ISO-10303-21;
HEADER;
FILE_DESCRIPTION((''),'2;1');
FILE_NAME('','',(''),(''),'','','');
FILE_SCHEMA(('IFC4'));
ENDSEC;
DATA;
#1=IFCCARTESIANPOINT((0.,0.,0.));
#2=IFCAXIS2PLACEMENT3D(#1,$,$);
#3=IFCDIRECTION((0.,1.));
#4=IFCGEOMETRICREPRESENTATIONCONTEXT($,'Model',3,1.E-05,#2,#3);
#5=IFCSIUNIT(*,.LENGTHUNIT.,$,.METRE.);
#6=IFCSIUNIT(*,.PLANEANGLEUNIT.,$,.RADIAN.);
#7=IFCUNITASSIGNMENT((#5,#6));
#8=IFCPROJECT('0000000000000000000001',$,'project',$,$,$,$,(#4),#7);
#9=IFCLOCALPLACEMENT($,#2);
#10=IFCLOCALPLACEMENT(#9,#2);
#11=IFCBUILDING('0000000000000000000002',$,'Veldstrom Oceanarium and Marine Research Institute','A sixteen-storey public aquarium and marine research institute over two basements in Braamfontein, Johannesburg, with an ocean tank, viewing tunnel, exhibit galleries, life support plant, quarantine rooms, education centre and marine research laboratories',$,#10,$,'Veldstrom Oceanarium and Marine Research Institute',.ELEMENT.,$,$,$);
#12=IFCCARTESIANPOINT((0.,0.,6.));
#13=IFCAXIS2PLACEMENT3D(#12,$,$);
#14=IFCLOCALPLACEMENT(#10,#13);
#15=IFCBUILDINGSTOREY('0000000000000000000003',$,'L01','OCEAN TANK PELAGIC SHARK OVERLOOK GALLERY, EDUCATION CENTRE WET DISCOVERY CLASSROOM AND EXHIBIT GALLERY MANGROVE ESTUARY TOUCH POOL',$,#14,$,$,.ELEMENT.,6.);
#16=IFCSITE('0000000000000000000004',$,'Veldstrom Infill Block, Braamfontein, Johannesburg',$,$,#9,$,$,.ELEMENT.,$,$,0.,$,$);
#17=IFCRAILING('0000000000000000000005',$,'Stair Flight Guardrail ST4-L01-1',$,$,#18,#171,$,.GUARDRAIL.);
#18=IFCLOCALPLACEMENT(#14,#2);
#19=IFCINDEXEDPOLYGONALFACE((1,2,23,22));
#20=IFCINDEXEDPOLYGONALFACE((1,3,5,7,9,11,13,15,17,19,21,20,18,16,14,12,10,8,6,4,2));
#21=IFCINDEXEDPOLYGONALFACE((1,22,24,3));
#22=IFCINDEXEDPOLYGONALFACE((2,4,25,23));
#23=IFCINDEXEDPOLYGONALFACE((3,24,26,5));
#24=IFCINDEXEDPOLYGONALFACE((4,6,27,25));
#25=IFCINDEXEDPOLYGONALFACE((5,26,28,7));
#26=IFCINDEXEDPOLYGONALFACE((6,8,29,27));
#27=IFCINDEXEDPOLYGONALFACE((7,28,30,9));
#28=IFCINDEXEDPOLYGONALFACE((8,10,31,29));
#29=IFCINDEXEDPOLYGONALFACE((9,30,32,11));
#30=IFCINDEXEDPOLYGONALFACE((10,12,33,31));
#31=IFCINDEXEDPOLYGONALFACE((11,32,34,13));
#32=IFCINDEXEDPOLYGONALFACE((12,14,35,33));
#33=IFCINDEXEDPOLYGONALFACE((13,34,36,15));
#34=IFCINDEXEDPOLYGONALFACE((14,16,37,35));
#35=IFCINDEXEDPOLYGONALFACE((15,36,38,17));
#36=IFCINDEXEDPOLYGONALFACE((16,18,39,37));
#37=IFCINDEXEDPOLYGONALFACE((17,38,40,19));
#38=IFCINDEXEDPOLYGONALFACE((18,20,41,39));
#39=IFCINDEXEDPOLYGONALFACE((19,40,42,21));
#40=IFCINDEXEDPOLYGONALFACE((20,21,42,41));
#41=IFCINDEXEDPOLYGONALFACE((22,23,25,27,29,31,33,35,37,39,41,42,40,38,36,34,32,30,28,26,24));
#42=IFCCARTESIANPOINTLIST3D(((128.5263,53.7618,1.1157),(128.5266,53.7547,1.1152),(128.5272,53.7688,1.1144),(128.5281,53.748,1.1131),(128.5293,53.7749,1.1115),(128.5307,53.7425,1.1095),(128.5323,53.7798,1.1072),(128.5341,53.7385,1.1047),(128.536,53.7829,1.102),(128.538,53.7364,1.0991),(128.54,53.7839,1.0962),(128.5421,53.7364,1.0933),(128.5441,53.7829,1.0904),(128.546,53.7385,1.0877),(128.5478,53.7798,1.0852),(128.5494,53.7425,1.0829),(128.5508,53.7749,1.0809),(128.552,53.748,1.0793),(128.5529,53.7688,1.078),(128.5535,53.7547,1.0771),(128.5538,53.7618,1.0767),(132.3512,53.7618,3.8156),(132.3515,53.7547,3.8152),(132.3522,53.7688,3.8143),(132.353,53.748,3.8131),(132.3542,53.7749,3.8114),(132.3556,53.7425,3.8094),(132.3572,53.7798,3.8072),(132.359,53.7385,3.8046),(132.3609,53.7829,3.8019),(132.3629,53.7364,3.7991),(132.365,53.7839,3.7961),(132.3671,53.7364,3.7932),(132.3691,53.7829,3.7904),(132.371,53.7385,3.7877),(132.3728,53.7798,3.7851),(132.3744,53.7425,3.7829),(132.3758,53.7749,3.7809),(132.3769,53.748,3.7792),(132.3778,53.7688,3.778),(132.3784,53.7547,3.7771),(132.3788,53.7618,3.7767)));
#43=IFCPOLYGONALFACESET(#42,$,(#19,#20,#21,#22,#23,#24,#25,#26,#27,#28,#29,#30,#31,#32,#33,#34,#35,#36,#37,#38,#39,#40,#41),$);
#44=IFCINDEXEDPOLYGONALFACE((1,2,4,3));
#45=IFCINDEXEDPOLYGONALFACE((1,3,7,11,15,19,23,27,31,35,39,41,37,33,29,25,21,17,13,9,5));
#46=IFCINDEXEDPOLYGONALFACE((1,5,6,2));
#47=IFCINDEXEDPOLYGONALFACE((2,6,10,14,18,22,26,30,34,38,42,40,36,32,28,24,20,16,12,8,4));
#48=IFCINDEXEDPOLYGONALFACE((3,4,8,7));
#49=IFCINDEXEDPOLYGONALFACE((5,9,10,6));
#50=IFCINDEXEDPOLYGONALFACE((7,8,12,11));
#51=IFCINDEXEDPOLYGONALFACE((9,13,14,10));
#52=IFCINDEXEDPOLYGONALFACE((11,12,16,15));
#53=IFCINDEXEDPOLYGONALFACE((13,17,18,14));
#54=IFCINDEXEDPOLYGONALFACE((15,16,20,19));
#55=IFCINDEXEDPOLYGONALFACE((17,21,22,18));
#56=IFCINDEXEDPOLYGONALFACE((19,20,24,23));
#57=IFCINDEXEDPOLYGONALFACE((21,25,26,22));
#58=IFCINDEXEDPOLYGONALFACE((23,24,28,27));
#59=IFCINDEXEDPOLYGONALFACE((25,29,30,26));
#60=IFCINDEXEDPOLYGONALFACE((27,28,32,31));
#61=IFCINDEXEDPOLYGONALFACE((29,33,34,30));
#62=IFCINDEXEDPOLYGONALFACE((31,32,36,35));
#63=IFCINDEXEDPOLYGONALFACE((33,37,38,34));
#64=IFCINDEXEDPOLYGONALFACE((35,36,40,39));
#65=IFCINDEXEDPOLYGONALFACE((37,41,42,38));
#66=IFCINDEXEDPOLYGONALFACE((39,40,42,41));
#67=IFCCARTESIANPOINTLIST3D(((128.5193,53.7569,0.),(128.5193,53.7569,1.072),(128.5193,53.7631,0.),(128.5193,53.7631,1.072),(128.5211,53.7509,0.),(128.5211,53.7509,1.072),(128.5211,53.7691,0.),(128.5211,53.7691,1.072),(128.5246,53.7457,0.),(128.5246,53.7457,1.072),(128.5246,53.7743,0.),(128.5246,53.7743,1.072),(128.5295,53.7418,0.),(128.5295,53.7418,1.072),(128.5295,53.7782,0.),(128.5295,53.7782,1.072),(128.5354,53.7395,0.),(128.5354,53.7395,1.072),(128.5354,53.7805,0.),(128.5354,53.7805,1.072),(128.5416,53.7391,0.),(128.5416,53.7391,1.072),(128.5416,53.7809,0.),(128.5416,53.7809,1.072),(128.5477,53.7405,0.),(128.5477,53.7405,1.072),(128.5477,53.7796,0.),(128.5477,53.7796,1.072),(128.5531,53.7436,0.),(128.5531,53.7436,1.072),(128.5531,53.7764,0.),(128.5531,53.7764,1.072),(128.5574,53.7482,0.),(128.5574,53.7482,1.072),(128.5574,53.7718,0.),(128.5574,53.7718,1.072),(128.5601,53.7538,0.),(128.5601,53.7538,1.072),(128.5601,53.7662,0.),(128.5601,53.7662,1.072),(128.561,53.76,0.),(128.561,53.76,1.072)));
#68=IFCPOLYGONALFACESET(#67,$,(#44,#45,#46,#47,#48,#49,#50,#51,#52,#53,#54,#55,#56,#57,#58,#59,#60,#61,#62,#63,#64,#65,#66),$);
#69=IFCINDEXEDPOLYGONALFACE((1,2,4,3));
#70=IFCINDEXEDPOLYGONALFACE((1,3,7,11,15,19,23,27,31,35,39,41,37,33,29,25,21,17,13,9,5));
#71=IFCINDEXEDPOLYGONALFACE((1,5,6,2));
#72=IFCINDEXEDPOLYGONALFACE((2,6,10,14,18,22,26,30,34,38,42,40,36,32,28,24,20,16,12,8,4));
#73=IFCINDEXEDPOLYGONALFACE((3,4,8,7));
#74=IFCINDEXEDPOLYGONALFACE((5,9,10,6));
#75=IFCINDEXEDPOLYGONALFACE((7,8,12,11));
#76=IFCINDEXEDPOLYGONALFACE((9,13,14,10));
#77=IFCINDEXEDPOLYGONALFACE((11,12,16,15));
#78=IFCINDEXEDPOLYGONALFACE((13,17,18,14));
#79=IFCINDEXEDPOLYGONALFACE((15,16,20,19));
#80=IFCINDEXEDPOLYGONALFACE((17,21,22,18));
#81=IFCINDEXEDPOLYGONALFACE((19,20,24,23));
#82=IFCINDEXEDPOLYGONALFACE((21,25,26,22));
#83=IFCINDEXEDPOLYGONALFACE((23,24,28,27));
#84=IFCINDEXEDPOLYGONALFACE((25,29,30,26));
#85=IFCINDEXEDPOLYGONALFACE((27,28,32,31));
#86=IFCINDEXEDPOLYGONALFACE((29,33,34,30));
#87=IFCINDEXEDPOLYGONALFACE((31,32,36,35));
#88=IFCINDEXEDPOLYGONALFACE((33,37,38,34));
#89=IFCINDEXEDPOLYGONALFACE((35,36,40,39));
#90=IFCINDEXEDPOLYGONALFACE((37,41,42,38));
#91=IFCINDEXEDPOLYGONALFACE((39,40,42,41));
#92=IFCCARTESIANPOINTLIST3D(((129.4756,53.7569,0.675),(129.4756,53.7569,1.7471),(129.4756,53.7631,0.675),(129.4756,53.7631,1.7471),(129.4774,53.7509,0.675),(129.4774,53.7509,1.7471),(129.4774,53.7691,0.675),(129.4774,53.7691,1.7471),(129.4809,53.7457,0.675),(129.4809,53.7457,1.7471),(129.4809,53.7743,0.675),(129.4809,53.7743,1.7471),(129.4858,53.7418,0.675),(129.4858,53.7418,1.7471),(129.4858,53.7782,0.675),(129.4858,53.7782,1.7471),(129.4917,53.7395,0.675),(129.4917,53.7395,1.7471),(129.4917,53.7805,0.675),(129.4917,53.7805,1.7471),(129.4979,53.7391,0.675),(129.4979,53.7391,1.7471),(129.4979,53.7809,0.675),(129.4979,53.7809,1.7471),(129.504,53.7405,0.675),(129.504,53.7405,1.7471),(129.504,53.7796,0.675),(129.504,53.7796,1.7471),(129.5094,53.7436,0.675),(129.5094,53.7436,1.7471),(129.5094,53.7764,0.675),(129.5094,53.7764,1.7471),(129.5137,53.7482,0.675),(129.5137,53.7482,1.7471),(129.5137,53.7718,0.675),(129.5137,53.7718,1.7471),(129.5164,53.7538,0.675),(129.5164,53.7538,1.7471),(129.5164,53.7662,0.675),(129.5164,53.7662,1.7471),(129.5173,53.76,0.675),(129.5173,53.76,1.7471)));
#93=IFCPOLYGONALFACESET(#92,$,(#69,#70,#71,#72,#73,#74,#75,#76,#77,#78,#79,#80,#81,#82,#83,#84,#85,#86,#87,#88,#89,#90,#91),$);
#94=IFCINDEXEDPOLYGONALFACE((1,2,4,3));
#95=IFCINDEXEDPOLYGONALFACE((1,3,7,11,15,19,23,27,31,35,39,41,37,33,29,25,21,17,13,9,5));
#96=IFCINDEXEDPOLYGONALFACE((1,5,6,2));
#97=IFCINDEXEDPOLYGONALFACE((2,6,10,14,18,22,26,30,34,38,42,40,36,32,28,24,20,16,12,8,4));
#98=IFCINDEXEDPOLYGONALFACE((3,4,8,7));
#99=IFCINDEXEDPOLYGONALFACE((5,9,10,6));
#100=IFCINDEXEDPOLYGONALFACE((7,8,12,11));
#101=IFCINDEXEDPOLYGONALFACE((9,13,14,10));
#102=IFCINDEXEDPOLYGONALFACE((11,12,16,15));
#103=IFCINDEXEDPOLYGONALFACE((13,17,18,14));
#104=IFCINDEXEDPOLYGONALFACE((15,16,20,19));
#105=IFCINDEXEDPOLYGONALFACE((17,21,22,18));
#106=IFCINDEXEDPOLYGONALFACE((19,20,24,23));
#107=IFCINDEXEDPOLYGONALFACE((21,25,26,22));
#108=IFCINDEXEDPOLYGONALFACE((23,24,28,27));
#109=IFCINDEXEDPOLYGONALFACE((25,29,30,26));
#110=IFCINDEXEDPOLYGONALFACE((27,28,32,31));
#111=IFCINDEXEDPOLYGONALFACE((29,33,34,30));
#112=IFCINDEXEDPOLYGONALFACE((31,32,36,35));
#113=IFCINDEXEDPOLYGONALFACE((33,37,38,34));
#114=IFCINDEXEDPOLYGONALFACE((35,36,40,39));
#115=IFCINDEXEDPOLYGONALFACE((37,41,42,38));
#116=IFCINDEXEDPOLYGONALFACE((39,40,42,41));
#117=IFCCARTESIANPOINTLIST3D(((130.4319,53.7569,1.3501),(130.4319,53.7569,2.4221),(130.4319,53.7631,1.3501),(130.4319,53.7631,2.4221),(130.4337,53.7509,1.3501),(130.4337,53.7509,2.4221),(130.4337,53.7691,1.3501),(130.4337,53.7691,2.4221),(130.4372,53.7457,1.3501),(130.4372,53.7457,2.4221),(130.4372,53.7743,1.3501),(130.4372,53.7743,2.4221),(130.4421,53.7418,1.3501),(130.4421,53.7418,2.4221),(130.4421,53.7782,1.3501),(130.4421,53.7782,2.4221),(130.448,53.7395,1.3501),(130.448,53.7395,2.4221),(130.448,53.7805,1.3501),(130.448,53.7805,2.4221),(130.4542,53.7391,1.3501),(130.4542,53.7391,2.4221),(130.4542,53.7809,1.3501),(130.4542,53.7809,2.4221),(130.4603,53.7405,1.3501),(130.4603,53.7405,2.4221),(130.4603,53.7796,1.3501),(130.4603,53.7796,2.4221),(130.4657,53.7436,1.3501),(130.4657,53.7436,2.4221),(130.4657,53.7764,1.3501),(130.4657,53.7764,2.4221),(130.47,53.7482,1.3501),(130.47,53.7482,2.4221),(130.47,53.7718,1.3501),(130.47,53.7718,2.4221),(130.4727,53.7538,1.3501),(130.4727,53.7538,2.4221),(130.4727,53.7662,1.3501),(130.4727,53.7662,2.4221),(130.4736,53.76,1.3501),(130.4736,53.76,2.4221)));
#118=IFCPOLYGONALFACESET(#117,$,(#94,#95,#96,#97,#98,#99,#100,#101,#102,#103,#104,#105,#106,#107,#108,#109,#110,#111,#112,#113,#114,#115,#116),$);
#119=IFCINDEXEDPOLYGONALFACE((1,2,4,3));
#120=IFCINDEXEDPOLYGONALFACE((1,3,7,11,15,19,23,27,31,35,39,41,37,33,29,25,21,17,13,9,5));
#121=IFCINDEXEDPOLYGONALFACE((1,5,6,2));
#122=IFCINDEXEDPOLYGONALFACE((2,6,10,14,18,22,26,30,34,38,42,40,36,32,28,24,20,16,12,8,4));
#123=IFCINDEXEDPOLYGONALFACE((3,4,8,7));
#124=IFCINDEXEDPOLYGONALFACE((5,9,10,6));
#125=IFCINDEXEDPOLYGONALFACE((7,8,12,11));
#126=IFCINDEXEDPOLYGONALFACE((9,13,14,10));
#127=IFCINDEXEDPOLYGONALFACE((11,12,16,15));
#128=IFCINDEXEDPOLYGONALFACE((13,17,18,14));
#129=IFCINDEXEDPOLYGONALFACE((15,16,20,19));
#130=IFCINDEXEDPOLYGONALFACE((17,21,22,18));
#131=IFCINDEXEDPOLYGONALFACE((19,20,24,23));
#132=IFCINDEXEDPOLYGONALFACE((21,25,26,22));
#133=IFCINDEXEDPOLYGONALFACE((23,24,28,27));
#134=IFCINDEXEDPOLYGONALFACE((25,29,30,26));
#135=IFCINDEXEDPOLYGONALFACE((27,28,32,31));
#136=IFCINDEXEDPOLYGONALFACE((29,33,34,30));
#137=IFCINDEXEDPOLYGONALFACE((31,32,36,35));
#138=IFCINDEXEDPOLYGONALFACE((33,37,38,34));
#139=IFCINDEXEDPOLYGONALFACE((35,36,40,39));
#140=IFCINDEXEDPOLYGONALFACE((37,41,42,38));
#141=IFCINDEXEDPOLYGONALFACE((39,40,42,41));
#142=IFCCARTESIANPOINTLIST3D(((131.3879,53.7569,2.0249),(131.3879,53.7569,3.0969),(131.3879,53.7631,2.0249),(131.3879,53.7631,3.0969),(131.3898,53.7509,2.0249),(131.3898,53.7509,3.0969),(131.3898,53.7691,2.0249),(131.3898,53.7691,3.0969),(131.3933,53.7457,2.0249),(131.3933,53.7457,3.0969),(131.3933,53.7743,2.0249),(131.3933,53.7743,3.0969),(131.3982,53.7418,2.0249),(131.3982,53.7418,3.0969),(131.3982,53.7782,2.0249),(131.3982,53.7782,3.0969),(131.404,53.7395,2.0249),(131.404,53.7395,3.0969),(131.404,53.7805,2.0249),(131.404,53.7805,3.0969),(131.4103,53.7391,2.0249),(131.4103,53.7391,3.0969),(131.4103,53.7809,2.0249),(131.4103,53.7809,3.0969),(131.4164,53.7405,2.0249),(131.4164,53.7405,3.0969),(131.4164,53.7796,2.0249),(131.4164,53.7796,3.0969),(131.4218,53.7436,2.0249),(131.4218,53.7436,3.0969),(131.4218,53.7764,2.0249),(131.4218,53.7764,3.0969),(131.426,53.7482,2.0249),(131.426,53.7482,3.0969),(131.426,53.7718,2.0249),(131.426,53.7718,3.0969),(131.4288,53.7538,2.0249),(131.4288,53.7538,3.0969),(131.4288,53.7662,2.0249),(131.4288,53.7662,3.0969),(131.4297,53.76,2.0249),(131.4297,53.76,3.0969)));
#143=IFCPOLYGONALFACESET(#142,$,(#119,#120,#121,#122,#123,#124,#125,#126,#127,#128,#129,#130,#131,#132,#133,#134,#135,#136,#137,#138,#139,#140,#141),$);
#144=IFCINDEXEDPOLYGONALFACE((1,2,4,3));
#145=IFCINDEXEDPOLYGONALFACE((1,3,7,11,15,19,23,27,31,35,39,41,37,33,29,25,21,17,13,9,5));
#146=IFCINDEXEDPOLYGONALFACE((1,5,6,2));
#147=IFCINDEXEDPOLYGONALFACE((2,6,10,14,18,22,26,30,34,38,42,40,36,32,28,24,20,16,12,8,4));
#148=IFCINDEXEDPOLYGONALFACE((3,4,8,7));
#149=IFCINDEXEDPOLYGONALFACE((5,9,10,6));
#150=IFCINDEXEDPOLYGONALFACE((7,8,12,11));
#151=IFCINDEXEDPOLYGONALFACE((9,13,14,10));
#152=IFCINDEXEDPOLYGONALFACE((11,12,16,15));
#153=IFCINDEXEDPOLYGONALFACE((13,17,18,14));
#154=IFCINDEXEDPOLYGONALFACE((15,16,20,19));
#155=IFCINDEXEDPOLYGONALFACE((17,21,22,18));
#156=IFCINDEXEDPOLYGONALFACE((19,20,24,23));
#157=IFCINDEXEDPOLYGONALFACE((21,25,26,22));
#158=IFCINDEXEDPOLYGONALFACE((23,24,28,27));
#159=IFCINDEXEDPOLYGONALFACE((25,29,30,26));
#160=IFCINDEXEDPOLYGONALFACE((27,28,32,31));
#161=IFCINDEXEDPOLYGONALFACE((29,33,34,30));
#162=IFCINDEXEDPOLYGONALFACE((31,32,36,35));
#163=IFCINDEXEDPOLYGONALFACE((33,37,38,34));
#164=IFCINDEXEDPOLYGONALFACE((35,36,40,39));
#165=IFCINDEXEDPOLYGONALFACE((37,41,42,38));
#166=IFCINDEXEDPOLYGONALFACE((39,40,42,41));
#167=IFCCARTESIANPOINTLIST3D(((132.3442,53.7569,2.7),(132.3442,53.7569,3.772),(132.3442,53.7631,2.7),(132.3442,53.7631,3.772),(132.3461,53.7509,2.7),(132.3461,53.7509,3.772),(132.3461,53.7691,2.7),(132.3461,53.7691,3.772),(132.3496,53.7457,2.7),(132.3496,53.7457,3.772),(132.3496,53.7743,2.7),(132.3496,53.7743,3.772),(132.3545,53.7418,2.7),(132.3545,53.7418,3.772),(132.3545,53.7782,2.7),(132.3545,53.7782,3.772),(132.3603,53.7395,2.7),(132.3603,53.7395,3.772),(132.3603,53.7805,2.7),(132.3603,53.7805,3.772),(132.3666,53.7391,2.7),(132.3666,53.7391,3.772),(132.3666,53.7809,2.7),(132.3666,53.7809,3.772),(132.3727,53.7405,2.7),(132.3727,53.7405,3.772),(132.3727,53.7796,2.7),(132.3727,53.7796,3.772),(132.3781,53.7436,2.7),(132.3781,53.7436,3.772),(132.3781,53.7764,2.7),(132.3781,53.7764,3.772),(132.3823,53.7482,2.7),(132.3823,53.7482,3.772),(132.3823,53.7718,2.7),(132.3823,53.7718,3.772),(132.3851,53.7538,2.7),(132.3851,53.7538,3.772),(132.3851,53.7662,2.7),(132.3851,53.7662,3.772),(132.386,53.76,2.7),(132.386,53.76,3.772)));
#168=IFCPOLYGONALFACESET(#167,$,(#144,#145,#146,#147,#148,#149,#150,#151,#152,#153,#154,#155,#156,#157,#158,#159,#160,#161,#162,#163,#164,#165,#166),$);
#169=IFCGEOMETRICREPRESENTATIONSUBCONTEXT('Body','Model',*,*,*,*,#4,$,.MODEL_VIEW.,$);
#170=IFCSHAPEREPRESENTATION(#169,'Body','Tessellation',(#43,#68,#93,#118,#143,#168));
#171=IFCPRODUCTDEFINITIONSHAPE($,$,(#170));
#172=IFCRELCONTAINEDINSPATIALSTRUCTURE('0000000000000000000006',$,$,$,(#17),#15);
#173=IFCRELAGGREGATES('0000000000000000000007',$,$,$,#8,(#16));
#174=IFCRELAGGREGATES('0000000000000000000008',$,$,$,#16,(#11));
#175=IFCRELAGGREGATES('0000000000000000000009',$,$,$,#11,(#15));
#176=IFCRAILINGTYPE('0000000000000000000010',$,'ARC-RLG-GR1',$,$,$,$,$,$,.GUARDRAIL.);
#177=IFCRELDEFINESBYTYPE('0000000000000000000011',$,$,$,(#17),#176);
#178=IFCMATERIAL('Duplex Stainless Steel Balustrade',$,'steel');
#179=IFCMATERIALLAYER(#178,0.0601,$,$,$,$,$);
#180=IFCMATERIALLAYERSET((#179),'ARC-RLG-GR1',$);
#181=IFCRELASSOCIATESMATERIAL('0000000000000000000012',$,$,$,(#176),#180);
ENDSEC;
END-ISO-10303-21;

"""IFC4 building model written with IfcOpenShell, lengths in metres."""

from ifc_helpers import new_model, si_unit, direction, frame, origin, origin_2d, place, context, subcontext, project, spatial, circle, extrude, material, layer, layer_set, type_object, element, save


model = new_model("IFC4")

# Units and contexts
model_context = context("Model", 3, precision=1e-05, world=origin(), true_north=direction((0.0, 1.0)))
body_context = subcontext(model_context, "Body", "Model", "MODEL_VIEW")
ifc_project = project(units=[si_unit("LENGTHUNIT", "METRE"), si_unit("PLANEANGLEUNIT", "RADIAN")], contexts=[model_context])

# Site, building, storey
site_placement = place(None, origin())
site = spatial("IfcSite", under=ifc_project, at=site_placement, Name="Veldstrom Infill Block, Braamfontein, Johannesburg", CompositionType="ELEMENT", RefElevation=0.0)
building_placement = place(site_placement, origin())
building = spatial("IfcBuilding", under=site, at=building_placement, Name="Veldstrom Oceanarium and Marine Research Institute", Description="A sixteen-storey public aquarium and marine research institute over two basements in Braamfontein, Johannesburg, with an ocean tank, viewing tunnel, exhibit galleries, life support plant, quarantine rooms, education centre and marine research laboratories", LongName="Veldstrom Oceanarium and Marine Research Institute", CompositionType="ELEMENT")
storey_placement = place(building_placement, frame((0.0, 0.0, 6.0)))
storey = spatial("IfcBuildingStorey", under=building, at=storey_placement, Name="L01", Description="OCEAN TANK PELAGIC SHARK OVERLOOK GALLERY, EDUCATION CENTRE WET DISCOVERY CLASSROOM AND EXHIBIT GALLERY MANGROVE ESTUARY TOUCH POOL", CompositionType="ELEMENT", Elevation=6.0)

# Railing
ifc_material_1 = material(Name="Duplex Stainless Steel Balustrade", Category="steel")
ifc_layer_1 = layer(ifc_material_1, 0.0601)
ifc_layer_set_1 = layer_set([ifc_layer_1], Name="ARC-RLG-GR1")
railing_type_1 = type_object("IfcRailingType", Name="ARC-RLG-GR1", PredefinedType="GUARDRAIL", material=ifc_layer_set_1)
railing_1_placement = place(storey_placement, frame((128.54, 53.76, 0.0)))
element("IfcRailing", 1, at=railing_1_placement, inside=storey, type_object=railing_type_1, Name="Stair Flight Guardrail ST4-L01-1", PredefinedType="GUARDRAIL", context=body_context, shape_type="SweptSolid", body=[
    extrude(circle(Radius=0.0239, at=origin_2d()), frame((0.0, 0.0, 1.0962), z_axis=(0.816969, 0.0, 0.576681), x_axis=(0.0, 1.0, 0.0)), (0.0, 0.0, 1.0), 4.6819),
    extrude(circle(Radius=0.021, at=origin_2d()), origin(), (0.0, 0.0, 1.0), 1.072),
    extrude(circle(Radius=0.021, at=origin_2d()), frame((0.9563, 0.0, 0.675)), (0.0, 0.0, 1.0), 1.072),
    extrude(circle(Radius=0.021, at=origin_2d()), frame((1.9126, 0.0, 1.3501)), (0.0, 0.0, 1.0), 1.072),
    extrude(circle(Radius=0.021, at=origin_2d()), frame((2.8687, 0.0, 2.0249)), (0.0, 0.0, 1.0), 1.072),
    extrude(circle(Radius=0.021, at=origin_2d()), frame((3.825, 0.0, 2.7)), (0.0, 0.0, 1.0), 1.072),
])

save(model, "model.ifc")
